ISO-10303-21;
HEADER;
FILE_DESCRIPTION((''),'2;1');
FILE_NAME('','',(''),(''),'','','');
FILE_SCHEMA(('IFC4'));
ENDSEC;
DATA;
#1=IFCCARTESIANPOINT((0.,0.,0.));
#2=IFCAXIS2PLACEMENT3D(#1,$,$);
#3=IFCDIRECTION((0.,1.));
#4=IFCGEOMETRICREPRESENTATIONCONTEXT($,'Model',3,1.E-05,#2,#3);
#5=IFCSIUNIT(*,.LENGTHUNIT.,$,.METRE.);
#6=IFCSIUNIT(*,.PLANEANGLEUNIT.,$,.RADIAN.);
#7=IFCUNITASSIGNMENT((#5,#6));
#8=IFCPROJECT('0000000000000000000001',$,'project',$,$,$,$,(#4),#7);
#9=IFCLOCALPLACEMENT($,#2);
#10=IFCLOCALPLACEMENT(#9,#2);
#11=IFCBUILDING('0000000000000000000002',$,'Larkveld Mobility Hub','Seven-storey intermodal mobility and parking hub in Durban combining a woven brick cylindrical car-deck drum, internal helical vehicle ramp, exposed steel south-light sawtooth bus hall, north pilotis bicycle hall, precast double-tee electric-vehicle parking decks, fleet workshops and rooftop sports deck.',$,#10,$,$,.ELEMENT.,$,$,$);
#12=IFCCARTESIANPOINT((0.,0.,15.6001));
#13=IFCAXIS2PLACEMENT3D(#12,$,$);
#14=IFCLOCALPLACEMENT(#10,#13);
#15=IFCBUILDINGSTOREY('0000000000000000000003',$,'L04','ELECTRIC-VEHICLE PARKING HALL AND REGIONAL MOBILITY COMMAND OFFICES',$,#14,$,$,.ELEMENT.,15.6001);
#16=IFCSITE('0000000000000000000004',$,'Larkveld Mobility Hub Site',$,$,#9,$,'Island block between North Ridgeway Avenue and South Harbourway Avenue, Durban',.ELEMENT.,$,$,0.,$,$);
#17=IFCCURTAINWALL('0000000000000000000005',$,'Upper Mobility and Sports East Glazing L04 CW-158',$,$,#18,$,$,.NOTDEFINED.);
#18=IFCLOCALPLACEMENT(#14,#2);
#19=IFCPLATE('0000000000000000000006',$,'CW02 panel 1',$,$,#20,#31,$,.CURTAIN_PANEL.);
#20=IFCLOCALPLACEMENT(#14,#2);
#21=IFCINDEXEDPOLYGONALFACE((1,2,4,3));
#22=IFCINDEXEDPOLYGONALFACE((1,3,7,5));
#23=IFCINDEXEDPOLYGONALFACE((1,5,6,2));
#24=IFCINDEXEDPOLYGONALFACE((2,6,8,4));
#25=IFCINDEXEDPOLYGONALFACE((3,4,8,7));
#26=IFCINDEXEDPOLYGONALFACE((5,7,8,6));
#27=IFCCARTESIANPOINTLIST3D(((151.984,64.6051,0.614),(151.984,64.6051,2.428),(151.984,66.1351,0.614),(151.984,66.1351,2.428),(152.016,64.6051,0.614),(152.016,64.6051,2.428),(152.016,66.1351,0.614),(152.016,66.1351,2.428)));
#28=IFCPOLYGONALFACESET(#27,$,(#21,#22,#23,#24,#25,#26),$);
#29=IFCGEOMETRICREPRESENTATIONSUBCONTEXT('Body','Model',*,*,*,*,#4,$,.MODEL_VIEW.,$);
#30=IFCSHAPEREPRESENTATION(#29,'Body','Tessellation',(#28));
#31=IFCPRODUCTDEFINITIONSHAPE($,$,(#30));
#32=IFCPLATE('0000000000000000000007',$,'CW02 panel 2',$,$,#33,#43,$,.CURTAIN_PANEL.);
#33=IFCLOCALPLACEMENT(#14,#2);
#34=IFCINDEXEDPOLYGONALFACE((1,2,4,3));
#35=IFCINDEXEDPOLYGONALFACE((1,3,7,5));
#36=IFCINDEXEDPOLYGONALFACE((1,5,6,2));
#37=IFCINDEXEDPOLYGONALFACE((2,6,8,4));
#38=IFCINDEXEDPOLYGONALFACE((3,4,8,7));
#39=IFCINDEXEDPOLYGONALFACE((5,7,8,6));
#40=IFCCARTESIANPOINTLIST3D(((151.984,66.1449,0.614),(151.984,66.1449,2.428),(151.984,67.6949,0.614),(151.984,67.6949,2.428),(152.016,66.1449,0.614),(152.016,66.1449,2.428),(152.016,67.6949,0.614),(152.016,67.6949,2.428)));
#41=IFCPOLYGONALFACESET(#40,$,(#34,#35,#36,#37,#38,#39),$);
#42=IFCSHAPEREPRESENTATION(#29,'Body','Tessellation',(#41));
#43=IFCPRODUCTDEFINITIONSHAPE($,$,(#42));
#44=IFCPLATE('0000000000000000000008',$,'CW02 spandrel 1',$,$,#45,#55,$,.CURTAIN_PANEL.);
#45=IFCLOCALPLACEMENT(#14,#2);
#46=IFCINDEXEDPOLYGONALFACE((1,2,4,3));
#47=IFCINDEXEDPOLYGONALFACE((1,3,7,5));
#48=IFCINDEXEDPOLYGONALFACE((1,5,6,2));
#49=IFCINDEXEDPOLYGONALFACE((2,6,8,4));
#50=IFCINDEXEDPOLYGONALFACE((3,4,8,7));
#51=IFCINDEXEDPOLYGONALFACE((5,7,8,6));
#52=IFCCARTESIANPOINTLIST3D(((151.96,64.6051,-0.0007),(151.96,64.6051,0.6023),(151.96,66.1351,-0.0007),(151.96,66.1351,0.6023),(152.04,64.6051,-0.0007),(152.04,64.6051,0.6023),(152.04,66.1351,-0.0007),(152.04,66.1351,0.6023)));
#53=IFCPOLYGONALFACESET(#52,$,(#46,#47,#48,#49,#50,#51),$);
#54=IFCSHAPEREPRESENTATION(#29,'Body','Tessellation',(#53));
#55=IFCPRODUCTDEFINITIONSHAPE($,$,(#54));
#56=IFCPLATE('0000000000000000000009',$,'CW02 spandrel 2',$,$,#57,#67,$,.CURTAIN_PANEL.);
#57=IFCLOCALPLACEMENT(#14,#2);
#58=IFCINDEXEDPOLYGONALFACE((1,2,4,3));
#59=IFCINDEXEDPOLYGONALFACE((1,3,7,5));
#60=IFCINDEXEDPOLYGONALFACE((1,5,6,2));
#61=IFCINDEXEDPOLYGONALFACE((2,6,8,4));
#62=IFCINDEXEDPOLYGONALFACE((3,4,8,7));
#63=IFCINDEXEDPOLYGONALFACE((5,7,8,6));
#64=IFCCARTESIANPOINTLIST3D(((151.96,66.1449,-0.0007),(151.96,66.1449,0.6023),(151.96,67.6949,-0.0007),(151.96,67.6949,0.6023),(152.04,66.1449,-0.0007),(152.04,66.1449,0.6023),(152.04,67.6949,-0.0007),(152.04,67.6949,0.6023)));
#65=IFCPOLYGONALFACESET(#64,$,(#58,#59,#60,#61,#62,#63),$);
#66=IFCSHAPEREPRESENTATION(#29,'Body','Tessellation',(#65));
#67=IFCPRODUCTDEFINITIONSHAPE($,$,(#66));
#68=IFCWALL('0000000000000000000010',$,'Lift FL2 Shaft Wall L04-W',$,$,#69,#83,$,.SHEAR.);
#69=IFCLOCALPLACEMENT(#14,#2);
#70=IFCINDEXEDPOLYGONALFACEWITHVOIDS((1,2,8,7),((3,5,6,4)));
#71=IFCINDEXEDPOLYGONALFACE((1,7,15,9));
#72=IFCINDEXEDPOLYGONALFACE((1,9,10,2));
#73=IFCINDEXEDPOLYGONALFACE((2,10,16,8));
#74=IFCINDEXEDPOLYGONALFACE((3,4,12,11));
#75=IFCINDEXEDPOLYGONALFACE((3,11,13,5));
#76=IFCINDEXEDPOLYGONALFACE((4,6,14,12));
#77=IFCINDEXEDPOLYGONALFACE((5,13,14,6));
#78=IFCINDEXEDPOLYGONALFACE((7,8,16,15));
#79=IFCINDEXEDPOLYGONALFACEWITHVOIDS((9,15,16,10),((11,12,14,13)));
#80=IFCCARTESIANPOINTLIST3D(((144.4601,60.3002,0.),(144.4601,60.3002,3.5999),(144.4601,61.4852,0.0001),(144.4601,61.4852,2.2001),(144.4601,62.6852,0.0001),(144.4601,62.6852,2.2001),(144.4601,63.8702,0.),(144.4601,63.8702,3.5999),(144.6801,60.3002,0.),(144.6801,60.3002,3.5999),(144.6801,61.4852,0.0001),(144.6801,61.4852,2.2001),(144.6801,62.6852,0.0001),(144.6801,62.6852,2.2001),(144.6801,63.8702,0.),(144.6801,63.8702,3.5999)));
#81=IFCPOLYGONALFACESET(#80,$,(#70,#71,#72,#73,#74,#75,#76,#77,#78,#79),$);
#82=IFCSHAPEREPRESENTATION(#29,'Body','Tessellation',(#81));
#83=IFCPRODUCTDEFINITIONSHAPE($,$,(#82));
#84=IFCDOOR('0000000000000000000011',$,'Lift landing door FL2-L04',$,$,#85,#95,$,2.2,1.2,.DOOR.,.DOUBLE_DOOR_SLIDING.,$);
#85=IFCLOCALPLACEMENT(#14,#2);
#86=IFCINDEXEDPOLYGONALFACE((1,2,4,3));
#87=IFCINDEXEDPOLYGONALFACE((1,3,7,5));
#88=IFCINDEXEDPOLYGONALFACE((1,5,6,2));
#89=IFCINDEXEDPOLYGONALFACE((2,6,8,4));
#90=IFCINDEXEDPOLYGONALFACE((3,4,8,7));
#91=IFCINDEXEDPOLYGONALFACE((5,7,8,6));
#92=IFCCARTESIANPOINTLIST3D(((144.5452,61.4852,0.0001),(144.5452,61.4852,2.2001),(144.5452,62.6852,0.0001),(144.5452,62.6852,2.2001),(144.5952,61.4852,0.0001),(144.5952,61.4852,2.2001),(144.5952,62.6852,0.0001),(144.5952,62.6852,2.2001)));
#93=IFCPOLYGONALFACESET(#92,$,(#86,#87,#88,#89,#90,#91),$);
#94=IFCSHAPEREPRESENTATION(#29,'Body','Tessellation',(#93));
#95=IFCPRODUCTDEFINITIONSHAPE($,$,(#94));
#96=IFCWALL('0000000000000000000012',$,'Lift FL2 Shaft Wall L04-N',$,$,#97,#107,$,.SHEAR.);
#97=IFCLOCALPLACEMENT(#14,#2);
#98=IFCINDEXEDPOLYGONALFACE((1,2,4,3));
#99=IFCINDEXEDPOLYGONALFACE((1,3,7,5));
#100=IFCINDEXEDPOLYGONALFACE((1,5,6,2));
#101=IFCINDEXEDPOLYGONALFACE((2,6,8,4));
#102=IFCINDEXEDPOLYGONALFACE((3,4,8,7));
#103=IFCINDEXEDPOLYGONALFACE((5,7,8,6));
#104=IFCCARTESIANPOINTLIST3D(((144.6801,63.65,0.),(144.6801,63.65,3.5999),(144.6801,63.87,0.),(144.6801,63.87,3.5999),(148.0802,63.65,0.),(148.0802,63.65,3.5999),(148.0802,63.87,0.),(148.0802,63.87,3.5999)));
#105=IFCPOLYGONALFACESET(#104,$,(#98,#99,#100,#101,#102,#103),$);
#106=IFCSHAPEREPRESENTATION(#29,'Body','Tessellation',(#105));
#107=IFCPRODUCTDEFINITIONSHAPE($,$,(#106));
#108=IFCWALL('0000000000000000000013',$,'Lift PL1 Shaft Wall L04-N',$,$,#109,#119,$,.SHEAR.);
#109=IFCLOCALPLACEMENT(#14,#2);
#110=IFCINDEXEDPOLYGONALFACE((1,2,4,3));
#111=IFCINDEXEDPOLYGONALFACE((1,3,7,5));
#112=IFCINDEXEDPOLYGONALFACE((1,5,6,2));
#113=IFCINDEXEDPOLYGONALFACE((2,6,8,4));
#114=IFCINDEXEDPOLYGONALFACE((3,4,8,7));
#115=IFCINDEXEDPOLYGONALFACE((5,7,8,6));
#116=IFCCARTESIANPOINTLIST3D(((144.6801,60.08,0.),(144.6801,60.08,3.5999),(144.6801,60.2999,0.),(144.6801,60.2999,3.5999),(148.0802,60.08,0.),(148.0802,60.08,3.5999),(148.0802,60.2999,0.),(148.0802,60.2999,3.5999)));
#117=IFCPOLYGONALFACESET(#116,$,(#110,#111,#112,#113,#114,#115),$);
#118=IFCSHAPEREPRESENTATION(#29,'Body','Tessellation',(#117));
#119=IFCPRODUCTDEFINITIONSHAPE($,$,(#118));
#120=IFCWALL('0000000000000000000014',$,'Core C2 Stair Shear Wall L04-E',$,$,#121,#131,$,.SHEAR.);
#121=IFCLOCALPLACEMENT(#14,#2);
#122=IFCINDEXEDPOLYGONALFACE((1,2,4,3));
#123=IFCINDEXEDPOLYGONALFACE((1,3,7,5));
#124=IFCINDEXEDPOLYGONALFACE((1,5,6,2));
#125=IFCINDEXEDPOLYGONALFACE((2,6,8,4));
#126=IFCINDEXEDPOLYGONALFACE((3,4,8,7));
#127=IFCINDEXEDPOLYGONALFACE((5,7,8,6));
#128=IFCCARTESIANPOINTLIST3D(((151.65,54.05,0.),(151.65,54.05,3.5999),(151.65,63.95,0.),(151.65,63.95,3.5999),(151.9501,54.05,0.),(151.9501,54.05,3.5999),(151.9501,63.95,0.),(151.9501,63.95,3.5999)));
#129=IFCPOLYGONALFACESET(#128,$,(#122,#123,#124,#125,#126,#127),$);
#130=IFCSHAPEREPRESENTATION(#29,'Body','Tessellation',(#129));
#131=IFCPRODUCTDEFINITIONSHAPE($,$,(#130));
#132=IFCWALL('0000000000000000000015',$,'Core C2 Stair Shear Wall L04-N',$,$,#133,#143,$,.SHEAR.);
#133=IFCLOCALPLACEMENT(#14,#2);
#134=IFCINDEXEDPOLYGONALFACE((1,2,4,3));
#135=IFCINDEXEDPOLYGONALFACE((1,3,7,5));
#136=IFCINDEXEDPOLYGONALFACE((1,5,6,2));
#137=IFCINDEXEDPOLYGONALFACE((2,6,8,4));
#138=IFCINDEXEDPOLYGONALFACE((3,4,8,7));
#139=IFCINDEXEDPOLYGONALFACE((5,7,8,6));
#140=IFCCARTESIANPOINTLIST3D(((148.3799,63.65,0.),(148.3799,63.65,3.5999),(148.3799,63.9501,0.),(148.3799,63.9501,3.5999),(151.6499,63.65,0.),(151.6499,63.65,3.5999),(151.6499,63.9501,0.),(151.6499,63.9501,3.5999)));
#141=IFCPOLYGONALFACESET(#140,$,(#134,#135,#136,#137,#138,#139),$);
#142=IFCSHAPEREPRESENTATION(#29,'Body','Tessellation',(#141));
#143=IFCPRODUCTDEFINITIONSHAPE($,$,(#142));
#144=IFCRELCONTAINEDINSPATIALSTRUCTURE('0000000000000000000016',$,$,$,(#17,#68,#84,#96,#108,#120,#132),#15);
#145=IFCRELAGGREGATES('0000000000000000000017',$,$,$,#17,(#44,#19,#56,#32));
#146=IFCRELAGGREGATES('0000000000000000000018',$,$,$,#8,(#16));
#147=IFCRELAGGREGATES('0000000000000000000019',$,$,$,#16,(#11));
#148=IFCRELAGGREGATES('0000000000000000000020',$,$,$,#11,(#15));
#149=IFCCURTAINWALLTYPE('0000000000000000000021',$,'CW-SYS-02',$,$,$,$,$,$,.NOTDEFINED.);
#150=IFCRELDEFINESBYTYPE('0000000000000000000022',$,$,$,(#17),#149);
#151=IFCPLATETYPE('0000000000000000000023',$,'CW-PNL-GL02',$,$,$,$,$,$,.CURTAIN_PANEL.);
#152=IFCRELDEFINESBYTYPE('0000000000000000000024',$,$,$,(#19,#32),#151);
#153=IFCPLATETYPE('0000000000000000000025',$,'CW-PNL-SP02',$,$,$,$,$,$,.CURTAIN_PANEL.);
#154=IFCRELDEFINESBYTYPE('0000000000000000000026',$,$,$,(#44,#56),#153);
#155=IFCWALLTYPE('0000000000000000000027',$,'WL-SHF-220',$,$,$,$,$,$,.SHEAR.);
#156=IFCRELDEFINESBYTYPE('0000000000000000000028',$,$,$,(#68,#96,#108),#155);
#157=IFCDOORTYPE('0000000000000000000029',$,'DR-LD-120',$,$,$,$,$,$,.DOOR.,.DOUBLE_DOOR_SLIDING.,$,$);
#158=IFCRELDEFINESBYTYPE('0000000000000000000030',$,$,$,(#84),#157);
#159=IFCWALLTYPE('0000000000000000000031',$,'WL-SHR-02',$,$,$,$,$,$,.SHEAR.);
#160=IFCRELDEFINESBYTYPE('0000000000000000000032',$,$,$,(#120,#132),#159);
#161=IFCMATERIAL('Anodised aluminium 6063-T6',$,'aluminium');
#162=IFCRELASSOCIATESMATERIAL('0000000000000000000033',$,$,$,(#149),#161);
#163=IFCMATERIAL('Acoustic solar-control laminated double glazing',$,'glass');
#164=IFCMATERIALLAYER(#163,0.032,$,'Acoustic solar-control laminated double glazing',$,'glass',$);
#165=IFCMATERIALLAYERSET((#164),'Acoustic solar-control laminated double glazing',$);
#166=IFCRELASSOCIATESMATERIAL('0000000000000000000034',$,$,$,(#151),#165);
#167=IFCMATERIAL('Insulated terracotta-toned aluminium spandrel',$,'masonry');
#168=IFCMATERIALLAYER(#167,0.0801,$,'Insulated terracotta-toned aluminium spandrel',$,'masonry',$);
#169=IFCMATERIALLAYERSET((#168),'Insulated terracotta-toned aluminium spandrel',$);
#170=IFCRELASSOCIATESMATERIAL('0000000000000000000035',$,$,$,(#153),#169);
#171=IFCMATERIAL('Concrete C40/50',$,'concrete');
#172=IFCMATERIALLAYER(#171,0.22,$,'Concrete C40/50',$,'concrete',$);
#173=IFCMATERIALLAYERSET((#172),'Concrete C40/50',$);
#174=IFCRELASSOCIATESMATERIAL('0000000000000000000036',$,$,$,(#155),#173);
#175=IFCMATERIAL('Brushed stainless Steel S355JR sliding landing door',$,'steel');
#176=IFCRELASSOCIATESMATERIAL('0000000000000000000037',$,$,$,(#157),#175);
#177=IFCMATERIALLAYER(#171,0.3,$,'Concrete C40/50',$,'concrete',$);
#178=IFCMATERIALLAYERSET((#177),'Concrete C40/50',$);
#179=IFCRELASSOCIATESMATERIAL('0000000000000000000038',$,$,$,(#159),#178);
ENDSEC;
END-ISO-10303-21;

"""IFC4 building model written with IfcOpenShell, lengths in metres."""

from ifc_helpers import new_model, si_unit, direction, frame, frame_2d, origin, origin_2d, place, context, subcontext, project, spatial, rectangle, extrude, material, layer, layer_set, type_object, element, fill, aggregate, save


model = new_model("IFC4")

# Units and contexts
model_context = context("Model", 3, precision=1e-05, world=origin(), true_north=direction((0.0, 1.0)))
body_context = subcontext(model_context, "Body", "Model", "MODEL_VIEW")
ifc_project = project(units=[si_unit("LENGTHUNIT", "METRE"), si_unit("PLANEANGLEUNIT", "RADIAN")], contexts=[model_context])

# Site, building, storey
site_placement = place(None, origin())
site = spatial("IfcSite", under=ifc_project, at=site_placement, Name="Larkveld Mobility Hub Site", LongName="Island block between North Ridgeway Avenue and South Harbourway Avenue, Durban", CompositionType="ELEMENT", RefElevation=0.0)
building_placement = place(site_placement, origin())
building = spatial("IfcBuilding", under=site, at=building_placement, Name="Larkveld Mobility Hub", Description="Seven-storey intermodal mobility and parking hub in Durban combining a woven brick cylindrical car-deck drum, internal helical vehicle ramp, exposed steel south-light sawtooth bus hall, north pilotis bicycle hall, precast double-tee electric-vehicle parking decks, fleet workshops and rooftop sports deck.", CompositionType="ELEMENT")
storey_placement = place(building_placement, frame((0.0, 0.0, 15.6001)))
storey = spatial("IfcBuildingStorey", under=building, at=storey_placement, Name="L04", Description="ELECTRIC-VEHICLE PARKING HALL AND REGIONAL MOBILITY COMMAND OFFICES", CompositionType="ELEMENT", Elevation=15.6001)

# Shared definitions
ifc_material_1 = material(Name="Concrete C40/50", Category="concrete")

# Curtain wall, plates
ifc_material_2 = material(Name="Anodised aluminium 6063-T6", Category="aluminium")
curtain_wall_type = type_object("IfcCurtainWallType", Name="CW-SYS-02", PredefinedType="NOTDEFINED", material=ifc_material_2)
curtain_wall_placement = place(storey_placement, origin())
curtain_wall = element("IfcCurtainWall", 1, at=curtain_wall_placement, inside=storey, type_object=curtain_wall_type, Name="Upper Mobility and Sports East Glazing L04 CW-158", PredefinedType="NOTDEFINED")
ifc_material_3 = material(Name="Acoustic solar-control laminated double glazing", Category="glass")
ifc_layer_1 = layer(ifc_material_3, 0.032, Name="Acoustic solar-control laminated double glazing", Category="glass")
ifc_layer_set_1 = layer_set([ifc_layer_1], Name="Acoustic solar-control laminated double glazing")
plate_type_1 = type_object("IfcPlateType", Name="CW-PNL-GL02", PredefinedType="CURTAIN_PANEL", material=ifc_layer_set_1)
plate_1_placement = place(storey_placement, frame((152.0, 65.3701, 0.614), z_axis=(0.0, 0.0, 1.0), x_axis=(0.0, 1.0, 0.0)))
plate_1 = element("IfcPlate", 2, at=plate_1_placement, type_object=plate_type_1, Name="CW02 panel 1", PredefinedType="CURTAIN_PANEL", context=body_context, shape_type="SweptSolid", body=[
    extrude(rectangle(XDim=1.53, YDim=0.032, at=origin_2d()), origin(), (0.0, 0.0, 1.0), 1.814),
])
plate_2_placement = place(storey_placement, frame((152.0, 66.9199, 0.614), z_axis=(0.0, 0.0, 1.0), x_axis=(0.0, 1.0, 0.0)))
plate_2 = element("IfcPlate", 3, at=plate_2_placement, type_object=plate_type_1, Name="CW02 panel 2", PredefinedType="CURTAIN_PANEL", context=body_context, shape_type="SweptSolid", body=[
    extrude(rectangle(XDim=1.55, YDim=0.032, at=origin_2d()), origin(), (0.0, 0.0, 1.0), 1.814),
])
ifc_material_4 = material(Name="Insulated terracotta-toned aluminium spandrel", Category="masonry")
ifc_layer_2 = layer(ifc_material_4, 0.0801, Name="Insulated terracotta-toned aluminium spandrel", Category="masonry")
ifc_layer_set_2 = layer_set([ifc_layer_2], Name="Insulated terracotta-toned aluminium spandrel")
plate_type_2 = type_object("IfcPlateType", Name="CW-PNL-SP02", PredefinedType="CURTAIN_PANEL", material=ifc_layer_set_2)
plate_3_placement = place(storey_placement, frame((152.0, 65.3701, -0.0007), z_axis=(0.0, 0.0, 1.0), x_axis=(0.0, 1.0, 0.0)))
plate_3 = element("IfcPlate", 4, at=plate_3_placement, type_object=plate_type_2, Name="CW02 spandrel 1", PredefinedType="CURTAIN_PANEL", context=body_context, shape_type="SweptSolid", body=[
    extrude(rectangle(XDim=1.53, YDim=0.0801, at=origin_2d()), origin(), (0.0, 0.0, 1.0), 0.603),
])
plate_4_placement = place(storey_placement, frame((152.0, 66.9199, -0.0007), z_axis=(0.0, 0.0, 1.0), x_axis=(0.0, 1.0, 0.0)))
plate_4 = element("IfcPlate", 5, at=plate_4_placement, type_object=plate_type_2, Name="CW02 spandrel 2", PredefinedType="CURTAIN_PANEL", context=body_context, shape_type="SweptSolid", body=[
    extrude(rectangle(XDim=1.55, YDim=0.0801, at=origin_2d()), origin(), (0.0, 0.0, 1.0), 0.603),
])
aggregate(curtain_wall, [plate_3, plate_1, plate_4, plate_2])

# Wall, opening, door
ifc_layer_3 = layer(ifc_material_1, 0.22, Name="Concrete C40/50", Category="concrete")
ifc_layer_set_3 = layer_set([ifc_layer_3], Name="Concrete C40/50")
wall_type_1 = type_object("IfcWallType", Name="WL-SHF-220", PredefinedType="SHEAR", material=ifc_layer_set_3)
wall_1_placement = place(storey_placement, frame((144.5701, 60.3, 0.0), z_axis=(0.0, 0.0, 1.0), x_axis=(0.0, 1.0, 0.0)))
wall_1 = element("IfcWall", 6, at=wall_1_placement, inside=storey, type_object=wall_type_1, Name="Lift FL2 Shaft Wall L04-W", PredefinedType="SHEAR", context=body_context, shape_type="SweptSolid", body=[
    extrude(rectangle(XDim=3.5701, YDim=0.22, at=frame_2d((1.7852, 0.0))), origin(), (0.0, 0.0, 1.0), 3.5999),
])
opening_placement = place(wall_1_placement, frame((1.1851, 0.0, 0.0)))
opening = element("IfcOpeningElement", 7, at=opening_placement, cuts=wall_1, PredefinedType="OPENING", context=body_context, shape_type="SweptSolid", body=[
    extrude(rectangle(XDim=1.2, YDim=2.2, at=frame_2d((0.6001, 1.1001))), frame((0.0, 0.1201, 0.0), z_axis=(0.0, -1.0, 0.0), x_axis=(1.0, 0.0, 0.0)), (0.0, 0.0, 1.0), 0.24),
])
ifc_material_5 = material(Name="Brushed stainless Steel S355JR sliding landing door", Category="steel")
door_type = type_object("IfcDoorType", Name="DR-LD-120", OperationType="DOUBLE_DOOR_SLIDING", PredefinedType="DOOR", material=ifc_material_5)
door_placement = place(opening_placement, origin())
door = element("IfcDoor", 8, at=door_placement, inside=storey, type_object=door_type, Name="Lift landing door FL2-L04", OperationType="DOUBLE_DOOR_SLIDING", OverallHeight=2.2, OverallWidth=1.2, PredefinedType="DOOR", context=body_context, shape_type="SweptSolid", body=[
    extrude(rectangle(XDim=1.2, YDim=2.2, at=frame_2d((0.6001, 1.1001))), frame((0.0, 0.0249, 0.0), z_axis=(0.0, -1.0, 0.0), x_axis=(1.0, 0.0, 0.0)), (0.0, 0.0, 1.0), 0.05),
])
fill(opening, door)

# Walls
for number, where, z_axis, x_axis, name in (
    (9, (144.6799, 63.76, 0.0), (0.0, 0.0, 1.0), (1.0, 0.0, 0.0), "Lift FL2 Shaft Wall L04-N"),
    (10, (144.6799, 60.1899, 0.0), (0.0, 0.0, 1.0), (1.0, 0.0, 0.0), "Lift PL1 Shaft Wall L04-N"),
):
    element("IfcWall", number, at=place(storey_placement, frame(where, z_axis=z_axis, x_axis=x_axis)), inside=storey, type_object=wall_type_1, Name=name, PredefinedType="SHEAR", context=body_context, shape_type="SweptSolid", body=[
        extrude(rectangle(XDim=3.4001, YDim=0.22, at=frame_2d((1.7002, 0.0))), origin(), (0.0, 0.0, 1.0), 3.5999),
    ])
ifc_layer_4 = layer(ifc_material_1, 0.3, Name="Concrete C40/50", Category="concrete")
ifc_layer_set_4 = layer_set([ifc_layer_4], Name="Concrete C40/50")
wall_type_2 = type_object("IfcWallType", Name="WL-SHR-02", PredefinedType="SHEAR", material=ifc_layer_set_4)
wall_2_placement = place(storey_placement, frame((151.8, 63.95, 0.0), z_axis=(0.0, 0.0, 1.0), x_axis=(0.0, -1.0, 0.0)))
element("IfcWall", 11, at=wall_2_placement, inside=storey, type_object=wall_type_2, Name="Core C2 Stair Shear Wall L04-E", PredefinedType="SHEAR", context=body_context, shape_type="SweptSolid", body=[
    extrude(rectangle(XDim=9.8999, YDim=0.3, at=frame_2d((4.95, 0.0))), origin(), (0.0, 0.0, 1.0), 3.5999),
])
wall_3_placement = place(storey_placement, frame((148.3799, 63.8, 0.0), z_axis=(0.0, 0.0, 1.0), x_axis=(1.0, 0.0, 0.0)))
element("IfcWall", 12, at=wall_3_placement, inside=storey, type_object=wall_type_2, Name="Core C2 Stair Shear Wall L04-N", PredefinedType="SHEAR", context=body_context, shape_type="SweptSolid", body=[
    extrude(rectangle(XDim=3.27, YDim=0.3, at=frame_2d((1.635, 0.0))), origin(), (0.0, 0.0, 1.0), 3.5999),
])

save(model, "model.ifc")
